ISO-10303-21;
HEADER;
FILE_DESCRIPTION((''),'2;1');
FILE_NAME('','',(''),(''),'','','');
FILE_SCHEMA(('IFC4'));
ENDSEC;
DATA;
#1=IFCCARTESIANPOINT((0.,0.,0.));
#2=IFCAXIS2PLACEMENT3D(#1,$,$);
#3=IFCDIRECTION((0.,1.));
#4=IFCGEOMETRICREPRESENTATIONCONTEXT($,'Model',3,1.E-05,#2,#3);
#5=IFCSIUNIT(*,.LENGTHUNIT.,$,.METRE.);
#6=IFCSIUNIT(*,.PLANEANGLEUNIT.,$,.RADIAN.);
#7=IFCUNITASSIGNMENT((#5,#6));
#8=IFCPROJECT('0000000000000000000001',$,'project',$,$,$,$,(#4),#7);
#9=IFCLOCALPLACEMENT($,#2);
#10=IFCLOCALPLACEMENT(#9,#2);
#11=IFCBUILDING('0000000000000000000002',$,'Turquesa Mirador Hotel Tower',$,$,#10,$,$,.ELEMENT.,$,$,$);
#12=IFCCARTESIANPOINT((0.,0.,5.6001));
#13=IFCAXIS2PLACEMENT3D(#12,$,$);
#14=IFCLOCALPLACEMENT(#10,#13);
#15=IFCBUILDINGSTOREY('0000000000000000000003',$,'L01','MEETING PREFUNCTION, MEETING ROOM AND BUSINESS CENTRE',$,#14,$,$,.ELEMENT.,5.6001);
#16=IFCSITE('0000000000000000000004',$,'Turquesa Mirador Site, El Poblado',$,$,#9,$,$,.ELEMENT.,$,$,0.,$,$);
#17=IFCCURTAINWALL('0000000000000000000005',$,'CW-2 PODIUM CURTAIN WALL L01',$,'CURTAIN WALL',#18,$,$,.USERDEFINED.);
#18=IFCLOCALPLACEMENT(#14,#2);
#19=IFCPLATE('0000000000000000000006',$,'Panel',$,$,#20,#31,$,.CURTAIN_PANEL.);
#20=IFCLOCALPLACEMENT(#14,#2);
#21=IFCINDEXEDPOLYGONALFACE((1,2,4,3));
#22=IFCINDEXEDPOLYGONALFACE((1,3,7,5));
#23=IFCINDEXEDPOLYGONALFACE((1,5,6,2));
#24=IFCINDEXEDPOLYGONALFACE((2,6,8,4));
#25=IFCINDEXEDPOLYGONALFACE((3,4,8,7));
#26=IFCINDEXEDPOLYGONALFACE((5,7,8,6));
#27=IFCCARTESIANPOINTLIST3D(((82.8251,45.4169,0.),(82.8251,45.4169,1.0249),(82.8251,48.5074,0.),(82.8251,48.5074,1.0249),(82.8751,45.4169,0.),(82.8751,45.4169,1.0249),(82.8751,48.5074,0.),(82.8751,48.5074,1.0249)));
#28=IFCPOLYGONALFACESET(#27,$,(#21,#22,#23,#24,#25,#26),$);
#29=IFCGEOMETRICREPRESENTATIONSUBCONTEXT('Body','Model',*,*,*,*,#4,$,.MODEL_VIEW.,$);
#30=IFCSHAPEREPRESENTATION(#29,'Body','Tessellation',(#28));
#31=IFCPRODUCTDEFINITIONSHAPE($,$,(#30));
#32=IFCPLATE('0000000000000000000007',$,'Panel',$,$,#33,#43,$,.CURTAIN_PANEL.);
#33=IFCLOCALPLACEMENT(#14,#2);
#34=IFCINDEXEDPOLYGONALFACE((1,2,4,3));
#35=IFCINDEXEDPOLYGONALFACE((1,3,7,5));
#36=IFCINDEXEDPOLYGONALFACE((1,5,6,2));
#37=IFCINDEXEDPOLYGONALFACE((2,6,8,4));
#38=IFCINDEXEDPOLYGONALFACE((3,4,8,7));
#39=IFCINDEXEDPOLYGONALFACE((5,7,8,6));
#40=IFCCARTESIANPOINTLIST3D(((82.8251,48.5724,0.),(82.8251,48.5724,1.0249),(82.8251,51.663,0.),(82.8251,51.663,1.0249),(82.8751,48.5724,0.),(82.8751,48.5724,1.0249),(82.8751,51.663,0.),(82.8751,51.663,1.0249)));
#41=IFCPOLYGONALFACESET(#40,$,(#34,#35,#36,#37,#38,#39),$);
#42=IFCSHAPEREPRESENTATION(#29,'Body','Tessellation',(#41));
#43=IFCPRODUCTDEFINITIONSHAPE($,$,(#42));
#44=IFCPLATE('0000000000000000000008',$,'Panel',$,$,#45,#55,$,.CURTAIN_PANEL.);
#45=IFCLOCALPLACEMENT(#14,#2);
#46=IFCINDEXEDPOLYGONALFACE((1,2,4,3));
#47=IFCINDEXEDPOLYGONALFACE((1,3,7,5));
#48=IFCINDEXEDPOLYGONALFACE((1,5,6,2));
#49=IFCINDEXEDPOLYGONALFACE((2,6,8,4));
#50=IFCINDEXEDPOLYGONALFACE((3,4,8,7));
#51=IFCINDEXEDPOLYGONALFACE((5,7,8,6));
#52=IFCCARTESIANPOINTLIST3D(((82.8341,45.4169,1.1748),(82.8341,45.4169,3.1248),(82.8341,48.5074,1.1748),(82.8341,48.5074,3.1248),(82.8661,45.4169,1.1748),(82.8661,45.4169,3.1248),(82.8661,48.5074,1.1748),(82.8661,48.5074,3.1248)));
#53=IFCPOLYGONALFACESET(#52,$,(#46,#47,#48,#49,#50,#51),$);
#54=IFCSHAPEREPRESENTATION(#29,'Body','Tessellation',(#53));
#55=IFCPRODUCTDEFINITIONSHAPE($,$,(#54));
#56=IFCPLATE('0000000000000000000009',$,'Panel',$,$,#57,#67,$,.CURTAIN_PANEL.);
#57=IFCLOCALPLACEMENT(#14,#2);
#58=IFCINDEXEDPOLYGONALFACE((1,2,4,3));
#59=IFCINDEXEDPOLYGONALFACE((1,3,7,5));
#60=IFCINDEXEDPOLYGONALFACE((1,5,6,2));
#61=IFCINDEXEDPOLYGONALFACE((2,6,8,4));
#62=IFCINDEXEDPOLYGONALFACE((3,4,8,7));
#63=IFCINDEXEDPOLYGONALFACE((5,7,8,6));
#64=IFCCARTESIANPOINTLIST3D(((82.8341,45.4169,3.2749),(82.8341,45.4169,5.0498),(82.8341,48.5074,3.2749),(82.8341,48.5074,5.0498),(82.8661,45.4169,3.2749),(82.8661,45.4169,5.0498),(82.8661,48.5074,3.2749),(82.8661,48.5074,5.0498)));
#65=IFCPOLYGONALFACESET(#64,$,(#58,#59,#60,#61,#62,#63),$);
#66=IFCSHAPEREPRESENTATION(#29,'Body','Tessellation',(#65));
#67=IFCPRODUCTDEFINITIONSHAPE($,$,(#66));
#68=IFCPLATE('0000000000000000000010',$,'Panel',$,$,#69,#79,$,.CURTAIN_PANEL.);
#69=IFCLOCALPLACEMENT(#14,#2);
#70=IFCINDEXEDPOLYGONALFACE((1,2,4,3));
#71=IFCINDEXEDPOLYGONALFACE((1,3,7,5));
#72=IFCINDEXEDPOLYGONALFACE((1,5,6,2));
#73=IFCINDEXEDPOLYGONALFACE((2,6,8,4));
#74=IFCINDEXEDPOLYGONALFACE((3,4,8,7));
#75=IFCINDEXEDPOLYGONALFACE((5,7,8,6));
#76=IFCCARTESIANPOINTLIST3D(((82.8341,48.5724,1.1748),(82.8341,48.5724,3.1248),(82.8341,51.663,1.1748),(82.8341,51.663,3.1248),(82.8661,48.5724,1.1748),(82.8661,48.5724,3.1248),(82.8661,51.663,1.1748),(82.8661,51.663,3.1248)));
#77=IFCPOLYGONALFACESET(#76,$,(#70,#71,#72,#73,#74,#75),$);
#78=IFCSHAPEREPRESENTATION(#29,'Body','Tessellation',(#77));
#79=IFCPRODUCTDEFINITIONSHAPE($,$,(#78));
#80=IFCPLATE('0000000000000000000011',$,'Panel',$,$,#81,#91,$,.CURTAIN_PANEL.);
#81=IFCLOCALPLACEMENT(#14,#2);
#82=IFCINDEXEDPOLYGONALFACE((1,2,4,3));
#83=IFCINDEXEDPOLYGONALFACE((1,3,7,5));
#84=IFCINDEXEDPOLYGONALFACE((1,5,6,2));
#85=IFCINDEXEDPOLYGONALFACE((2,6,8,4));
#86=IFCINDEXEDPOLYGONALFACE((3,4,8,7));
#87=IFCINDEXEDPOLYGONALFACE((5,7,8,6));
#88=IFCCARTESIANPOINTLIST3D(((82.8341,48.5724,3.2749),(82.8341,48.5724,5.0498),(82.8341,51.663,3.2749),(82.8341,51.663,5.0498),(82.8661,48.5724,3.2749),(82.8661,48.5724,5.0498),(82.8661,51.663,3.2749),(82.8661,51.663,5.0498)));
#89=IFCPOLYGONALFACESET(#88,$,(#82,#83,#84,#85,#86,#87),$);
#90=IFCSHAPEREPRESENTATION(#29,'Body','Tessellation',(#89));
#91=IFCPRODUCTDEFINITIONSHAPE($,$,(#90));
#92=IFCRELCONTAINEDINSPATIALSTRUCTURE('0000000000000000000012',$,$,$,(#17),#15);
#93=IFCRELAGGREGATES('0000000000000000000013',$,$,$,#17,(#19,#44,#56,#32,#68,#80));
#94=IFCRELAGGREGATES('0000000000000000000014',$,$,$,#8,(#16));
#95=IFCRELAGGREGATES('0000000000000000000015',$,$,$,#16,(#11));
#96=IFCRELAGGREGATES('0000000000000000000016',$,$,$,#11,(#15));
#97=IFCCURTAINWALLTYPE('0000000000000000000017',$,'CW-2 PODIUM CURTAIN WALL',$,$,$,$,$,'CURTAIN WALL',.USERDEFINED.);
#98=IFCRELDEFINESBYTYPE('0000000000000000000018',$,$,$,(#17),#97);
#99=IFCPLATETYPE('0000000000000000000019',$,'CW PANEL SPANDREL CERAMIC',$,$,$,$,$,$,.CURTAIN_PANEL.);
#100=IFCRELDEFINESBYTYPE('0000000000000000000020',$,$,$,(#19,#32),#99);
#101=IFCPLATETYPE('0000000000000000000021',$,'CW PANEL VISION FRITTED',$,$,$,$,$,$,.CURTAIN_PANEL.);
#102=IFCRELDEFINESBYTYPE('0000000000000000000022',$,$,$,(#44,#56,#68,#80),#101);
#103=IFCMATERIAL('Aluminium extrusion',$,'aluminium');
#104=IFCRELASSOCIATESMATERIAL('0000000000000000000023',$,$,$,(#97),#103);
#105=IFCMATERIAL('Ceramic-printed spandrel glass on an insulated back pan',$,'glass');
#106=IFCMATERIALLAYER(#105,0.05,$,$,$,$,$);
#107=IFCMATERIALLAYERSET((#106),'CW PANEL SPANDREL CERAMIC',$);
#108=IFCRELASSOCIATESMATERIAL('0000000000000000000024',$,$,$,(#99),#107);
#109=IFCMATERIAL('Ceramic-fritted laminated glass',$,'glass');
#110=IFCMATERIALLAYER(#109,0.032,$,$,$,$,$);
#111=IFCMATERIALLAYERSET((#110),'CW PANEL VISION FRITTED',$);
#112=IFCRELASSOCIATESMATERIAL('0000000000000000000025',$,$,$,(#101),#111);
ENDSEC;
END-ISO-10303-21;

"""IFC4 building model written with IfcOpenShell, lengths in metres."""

from ifc_helpers import new_model, si_unit, direction, frame, origin, origin_2d, place, context, subcontext, project, spatial, rectangle, extrude, material, layer, layer_set, type_object, element, aggregate, save


model = new_model("IFC4")

# Units and contexts
model_context = context("Model", 3, precision=1e-05, world=origin(), true_north=direction((0.0, 1.0)))
body_context = subcontext(model_context, "Body", "Model", "MODEL_VIEW")
ifc_project = project(units=[si_unit("LENGTHUNIT", "METRE"), si_unit("PLANEANGLEUNIT", "RADIAN")], contexts=[model_context])

# Site, building, storey
site_placement = place(None, origin())
site = spatial("IfcSite", under=ifc_project, at=site_placement, Name="Turquesa Mirador Site, El Poblado", CompositionType="ELEMENT", RefElevation=0.0)
building_placement = place(site_placement, origin())
building = spatial("IfcBuilding", under=site, at=building_placement, Name="Turquesa Mirador Hotel Tower", CompositionType="ELEMENT")
storey_placement = place(building_placement, frame((0.0, 0.0, 5.6001)))
storey = spatial("IfcBuildingStorey", under=building, at=storey_placement, Name="L01", Description="MEETING PREFUNCTION, MEETING ROOM AND BUSINESS CENTRE", CompositionType="ELEMENT", Elevation=5.6001)

# Curtain wall
ifc_material_1 = material(Name="Aluminium extrusion", Category="aluminium")
curtain_wall_type = type_object("IfcCurtainWallType", Name="CW-2 PODIUM CURTAIN WALL", ElementType="CURTAIN WALL", PredefinedType="USERDEFINED", material=ifc_material_1)
curtain_wall_1_placement = place(storey_placement, origin())
curtain_wall_1 = element("IfcCurtainWall", 1, at=curtain_wall_1_placement, inside=storey, type_object=curtain_wall_type, Name="CW-2 PODIUM CURTAIN WALL L01", ObjectType="CURTAIN WALL", PredefinedType="USERDEFINED")

# Plates
ifc_material_2 = material(Name="Ceramic-printed spandrel glass on an insulated back pan", Category="glass")
ifc_layer_1 = layer(ifc_material_2, 0.05)
ifc_layer_set_1 = layer_set([ifc_layer_1], Name="CW PANEL SPANDREL CERAMIC")
plate_type_1 = type_object("IfcPlateType", Name="CW PANEL SPANDREL CERAMIC", PredefinedType="CURTAIN_PANEL", material=ifc_layer_set_1)
plate_1_placement = place(storey_placement, frame((82.8501, 46.9622, 0.0), z_axis=(0.0, 0.0, 1.0), x_axis=(0.0, 1.0, 0.0)))
plate_1 = element("IfcPlate", 2, at=plate_1_placement, type_object=plate_type_1, Name="Panel", PredefinedType="CURTAIN_PANEL", context=body_context, shape_type="SweptSolid", body=[
    extrude(rectangle(XDim=3.0906, YDim=0.05, at=origin_2d()), origin(), (0.0, 0.0, 1.0), 1.0249),
])
plate_2_placement = place(storey_placement, frame((82.8501, 50.1177, 0.0), z_axis=(0.0, 0.0, 1.0), x_axis=(0.0, 1.0, 0.0)))
plate_2 = element("IfcPlate", 3, at=plate_2_placement, type_object=plate_type_1, Name="Panel", PredefinedType="CURTAIN_PANEL", context=body_context, shape_type="SweptSolid", body=[
    extrude(rectangle(XDim=3.0906, YDim=0.05, at=origin_2d()), origin(), (0.0, 0.0, 1.0), 1.0249),
])
ifc_material_3 = material(Name="Ceramic-fritted laminated glass", Category="glass")
ifc_layer_2 = layer(ifc_material_3, 0.032)
ifc_layer_set_2 = layer_set([ifc_layer_2], Name="CW PANEL VISION FRITTED")
plate_type_2 = type_object("IfcPlateType", Name="CW PANEL VISION FRITTED", PredefinedType="CURTAIN_PANEL", material=ifc_layer_set_2)
plate_3_placement = place(storey_placement, frame((82.8501, 46.9622, 1.1748), z_axis=(0.0, 0.0, 1.0), x_axis=(0.0, 1.0, 0.0)))
plate_3 = element("IfcPlate", 4, at=plate_3_placement, type_object=plate_type_2, Name="Panel", PredefinedType="CURTAIN_PANEL", context=body_context, shape_type="SweptSolid", body=[
    extrude(rectangle(XDim=3.0906, YDim=0.032, at=origin_2d()), origin(), (0.0, 0.0, 1.0), 1.95),
])
plate_4_placement = place(storey_placement, frame((82.8501, 46.9622, 3.2749), z_axis=(0.0, 0.0, 1.0), x_axis=(0.0, 1.0, 0.0)))
plate_4 = element("IfcPlate", 5, at=plate_4_placement, type_object=plate_type_2, Name="Panel", PredefinedType="CURTAIN_PANEL", context=body_context, shape_type="SweptSolid", body=[
    extrude(rectangle(XDim=3.0906, YDim=0.032, at=origin_2d()), origin(), (0.0, 0.0, 1.0), 1.7749),
])
plate_5_placement = place(storey_placement, frame((82.8501, 50.1177, 1.1748), z_axis=(0.0, 0.0, 1.0), x_axis=(0.0, 1.0, 0.0)))
plate_5 = element("IfcPlate", 6, at=plate_5_placement, type_object=plate_type_2, Name="Panel", PredefinedType="CURTAIN_PANEL", context=body_context, shape_type="SweptSolid", body=[
    extrude(rectangle(XDim=3.0906, YDim=0.032, at=origin_2d()), origin(), (0.0, 0.0, 1.0), 1.95),
])
plate_6_placement = place(storey_placement, frame((82.8501, 50.1177, 3.2749), z_axis=(0.0, 0.0, 1.0), x_axis=(0.0, 1.0, 0.0)))
plate_6 = element("IfcPlate", 7, at=plate_6_placement, type_object=plate_type_2, Name="Panel", PredefinedType="CURTAIN_PANEL", context=body_context, shape_type="SweptSolid", body=[
    extrude(rectangle(XDim=3.0906, YDim=0.032, at=origin_2d()), origin(), (0.0, 0.0, 1.0), 1.7749),
])
aggregate(curtain_wall_1, [plate_1, plate_3, plate_4, plate_2, plate_5, plate_6])

save(model, "model.ifc")
